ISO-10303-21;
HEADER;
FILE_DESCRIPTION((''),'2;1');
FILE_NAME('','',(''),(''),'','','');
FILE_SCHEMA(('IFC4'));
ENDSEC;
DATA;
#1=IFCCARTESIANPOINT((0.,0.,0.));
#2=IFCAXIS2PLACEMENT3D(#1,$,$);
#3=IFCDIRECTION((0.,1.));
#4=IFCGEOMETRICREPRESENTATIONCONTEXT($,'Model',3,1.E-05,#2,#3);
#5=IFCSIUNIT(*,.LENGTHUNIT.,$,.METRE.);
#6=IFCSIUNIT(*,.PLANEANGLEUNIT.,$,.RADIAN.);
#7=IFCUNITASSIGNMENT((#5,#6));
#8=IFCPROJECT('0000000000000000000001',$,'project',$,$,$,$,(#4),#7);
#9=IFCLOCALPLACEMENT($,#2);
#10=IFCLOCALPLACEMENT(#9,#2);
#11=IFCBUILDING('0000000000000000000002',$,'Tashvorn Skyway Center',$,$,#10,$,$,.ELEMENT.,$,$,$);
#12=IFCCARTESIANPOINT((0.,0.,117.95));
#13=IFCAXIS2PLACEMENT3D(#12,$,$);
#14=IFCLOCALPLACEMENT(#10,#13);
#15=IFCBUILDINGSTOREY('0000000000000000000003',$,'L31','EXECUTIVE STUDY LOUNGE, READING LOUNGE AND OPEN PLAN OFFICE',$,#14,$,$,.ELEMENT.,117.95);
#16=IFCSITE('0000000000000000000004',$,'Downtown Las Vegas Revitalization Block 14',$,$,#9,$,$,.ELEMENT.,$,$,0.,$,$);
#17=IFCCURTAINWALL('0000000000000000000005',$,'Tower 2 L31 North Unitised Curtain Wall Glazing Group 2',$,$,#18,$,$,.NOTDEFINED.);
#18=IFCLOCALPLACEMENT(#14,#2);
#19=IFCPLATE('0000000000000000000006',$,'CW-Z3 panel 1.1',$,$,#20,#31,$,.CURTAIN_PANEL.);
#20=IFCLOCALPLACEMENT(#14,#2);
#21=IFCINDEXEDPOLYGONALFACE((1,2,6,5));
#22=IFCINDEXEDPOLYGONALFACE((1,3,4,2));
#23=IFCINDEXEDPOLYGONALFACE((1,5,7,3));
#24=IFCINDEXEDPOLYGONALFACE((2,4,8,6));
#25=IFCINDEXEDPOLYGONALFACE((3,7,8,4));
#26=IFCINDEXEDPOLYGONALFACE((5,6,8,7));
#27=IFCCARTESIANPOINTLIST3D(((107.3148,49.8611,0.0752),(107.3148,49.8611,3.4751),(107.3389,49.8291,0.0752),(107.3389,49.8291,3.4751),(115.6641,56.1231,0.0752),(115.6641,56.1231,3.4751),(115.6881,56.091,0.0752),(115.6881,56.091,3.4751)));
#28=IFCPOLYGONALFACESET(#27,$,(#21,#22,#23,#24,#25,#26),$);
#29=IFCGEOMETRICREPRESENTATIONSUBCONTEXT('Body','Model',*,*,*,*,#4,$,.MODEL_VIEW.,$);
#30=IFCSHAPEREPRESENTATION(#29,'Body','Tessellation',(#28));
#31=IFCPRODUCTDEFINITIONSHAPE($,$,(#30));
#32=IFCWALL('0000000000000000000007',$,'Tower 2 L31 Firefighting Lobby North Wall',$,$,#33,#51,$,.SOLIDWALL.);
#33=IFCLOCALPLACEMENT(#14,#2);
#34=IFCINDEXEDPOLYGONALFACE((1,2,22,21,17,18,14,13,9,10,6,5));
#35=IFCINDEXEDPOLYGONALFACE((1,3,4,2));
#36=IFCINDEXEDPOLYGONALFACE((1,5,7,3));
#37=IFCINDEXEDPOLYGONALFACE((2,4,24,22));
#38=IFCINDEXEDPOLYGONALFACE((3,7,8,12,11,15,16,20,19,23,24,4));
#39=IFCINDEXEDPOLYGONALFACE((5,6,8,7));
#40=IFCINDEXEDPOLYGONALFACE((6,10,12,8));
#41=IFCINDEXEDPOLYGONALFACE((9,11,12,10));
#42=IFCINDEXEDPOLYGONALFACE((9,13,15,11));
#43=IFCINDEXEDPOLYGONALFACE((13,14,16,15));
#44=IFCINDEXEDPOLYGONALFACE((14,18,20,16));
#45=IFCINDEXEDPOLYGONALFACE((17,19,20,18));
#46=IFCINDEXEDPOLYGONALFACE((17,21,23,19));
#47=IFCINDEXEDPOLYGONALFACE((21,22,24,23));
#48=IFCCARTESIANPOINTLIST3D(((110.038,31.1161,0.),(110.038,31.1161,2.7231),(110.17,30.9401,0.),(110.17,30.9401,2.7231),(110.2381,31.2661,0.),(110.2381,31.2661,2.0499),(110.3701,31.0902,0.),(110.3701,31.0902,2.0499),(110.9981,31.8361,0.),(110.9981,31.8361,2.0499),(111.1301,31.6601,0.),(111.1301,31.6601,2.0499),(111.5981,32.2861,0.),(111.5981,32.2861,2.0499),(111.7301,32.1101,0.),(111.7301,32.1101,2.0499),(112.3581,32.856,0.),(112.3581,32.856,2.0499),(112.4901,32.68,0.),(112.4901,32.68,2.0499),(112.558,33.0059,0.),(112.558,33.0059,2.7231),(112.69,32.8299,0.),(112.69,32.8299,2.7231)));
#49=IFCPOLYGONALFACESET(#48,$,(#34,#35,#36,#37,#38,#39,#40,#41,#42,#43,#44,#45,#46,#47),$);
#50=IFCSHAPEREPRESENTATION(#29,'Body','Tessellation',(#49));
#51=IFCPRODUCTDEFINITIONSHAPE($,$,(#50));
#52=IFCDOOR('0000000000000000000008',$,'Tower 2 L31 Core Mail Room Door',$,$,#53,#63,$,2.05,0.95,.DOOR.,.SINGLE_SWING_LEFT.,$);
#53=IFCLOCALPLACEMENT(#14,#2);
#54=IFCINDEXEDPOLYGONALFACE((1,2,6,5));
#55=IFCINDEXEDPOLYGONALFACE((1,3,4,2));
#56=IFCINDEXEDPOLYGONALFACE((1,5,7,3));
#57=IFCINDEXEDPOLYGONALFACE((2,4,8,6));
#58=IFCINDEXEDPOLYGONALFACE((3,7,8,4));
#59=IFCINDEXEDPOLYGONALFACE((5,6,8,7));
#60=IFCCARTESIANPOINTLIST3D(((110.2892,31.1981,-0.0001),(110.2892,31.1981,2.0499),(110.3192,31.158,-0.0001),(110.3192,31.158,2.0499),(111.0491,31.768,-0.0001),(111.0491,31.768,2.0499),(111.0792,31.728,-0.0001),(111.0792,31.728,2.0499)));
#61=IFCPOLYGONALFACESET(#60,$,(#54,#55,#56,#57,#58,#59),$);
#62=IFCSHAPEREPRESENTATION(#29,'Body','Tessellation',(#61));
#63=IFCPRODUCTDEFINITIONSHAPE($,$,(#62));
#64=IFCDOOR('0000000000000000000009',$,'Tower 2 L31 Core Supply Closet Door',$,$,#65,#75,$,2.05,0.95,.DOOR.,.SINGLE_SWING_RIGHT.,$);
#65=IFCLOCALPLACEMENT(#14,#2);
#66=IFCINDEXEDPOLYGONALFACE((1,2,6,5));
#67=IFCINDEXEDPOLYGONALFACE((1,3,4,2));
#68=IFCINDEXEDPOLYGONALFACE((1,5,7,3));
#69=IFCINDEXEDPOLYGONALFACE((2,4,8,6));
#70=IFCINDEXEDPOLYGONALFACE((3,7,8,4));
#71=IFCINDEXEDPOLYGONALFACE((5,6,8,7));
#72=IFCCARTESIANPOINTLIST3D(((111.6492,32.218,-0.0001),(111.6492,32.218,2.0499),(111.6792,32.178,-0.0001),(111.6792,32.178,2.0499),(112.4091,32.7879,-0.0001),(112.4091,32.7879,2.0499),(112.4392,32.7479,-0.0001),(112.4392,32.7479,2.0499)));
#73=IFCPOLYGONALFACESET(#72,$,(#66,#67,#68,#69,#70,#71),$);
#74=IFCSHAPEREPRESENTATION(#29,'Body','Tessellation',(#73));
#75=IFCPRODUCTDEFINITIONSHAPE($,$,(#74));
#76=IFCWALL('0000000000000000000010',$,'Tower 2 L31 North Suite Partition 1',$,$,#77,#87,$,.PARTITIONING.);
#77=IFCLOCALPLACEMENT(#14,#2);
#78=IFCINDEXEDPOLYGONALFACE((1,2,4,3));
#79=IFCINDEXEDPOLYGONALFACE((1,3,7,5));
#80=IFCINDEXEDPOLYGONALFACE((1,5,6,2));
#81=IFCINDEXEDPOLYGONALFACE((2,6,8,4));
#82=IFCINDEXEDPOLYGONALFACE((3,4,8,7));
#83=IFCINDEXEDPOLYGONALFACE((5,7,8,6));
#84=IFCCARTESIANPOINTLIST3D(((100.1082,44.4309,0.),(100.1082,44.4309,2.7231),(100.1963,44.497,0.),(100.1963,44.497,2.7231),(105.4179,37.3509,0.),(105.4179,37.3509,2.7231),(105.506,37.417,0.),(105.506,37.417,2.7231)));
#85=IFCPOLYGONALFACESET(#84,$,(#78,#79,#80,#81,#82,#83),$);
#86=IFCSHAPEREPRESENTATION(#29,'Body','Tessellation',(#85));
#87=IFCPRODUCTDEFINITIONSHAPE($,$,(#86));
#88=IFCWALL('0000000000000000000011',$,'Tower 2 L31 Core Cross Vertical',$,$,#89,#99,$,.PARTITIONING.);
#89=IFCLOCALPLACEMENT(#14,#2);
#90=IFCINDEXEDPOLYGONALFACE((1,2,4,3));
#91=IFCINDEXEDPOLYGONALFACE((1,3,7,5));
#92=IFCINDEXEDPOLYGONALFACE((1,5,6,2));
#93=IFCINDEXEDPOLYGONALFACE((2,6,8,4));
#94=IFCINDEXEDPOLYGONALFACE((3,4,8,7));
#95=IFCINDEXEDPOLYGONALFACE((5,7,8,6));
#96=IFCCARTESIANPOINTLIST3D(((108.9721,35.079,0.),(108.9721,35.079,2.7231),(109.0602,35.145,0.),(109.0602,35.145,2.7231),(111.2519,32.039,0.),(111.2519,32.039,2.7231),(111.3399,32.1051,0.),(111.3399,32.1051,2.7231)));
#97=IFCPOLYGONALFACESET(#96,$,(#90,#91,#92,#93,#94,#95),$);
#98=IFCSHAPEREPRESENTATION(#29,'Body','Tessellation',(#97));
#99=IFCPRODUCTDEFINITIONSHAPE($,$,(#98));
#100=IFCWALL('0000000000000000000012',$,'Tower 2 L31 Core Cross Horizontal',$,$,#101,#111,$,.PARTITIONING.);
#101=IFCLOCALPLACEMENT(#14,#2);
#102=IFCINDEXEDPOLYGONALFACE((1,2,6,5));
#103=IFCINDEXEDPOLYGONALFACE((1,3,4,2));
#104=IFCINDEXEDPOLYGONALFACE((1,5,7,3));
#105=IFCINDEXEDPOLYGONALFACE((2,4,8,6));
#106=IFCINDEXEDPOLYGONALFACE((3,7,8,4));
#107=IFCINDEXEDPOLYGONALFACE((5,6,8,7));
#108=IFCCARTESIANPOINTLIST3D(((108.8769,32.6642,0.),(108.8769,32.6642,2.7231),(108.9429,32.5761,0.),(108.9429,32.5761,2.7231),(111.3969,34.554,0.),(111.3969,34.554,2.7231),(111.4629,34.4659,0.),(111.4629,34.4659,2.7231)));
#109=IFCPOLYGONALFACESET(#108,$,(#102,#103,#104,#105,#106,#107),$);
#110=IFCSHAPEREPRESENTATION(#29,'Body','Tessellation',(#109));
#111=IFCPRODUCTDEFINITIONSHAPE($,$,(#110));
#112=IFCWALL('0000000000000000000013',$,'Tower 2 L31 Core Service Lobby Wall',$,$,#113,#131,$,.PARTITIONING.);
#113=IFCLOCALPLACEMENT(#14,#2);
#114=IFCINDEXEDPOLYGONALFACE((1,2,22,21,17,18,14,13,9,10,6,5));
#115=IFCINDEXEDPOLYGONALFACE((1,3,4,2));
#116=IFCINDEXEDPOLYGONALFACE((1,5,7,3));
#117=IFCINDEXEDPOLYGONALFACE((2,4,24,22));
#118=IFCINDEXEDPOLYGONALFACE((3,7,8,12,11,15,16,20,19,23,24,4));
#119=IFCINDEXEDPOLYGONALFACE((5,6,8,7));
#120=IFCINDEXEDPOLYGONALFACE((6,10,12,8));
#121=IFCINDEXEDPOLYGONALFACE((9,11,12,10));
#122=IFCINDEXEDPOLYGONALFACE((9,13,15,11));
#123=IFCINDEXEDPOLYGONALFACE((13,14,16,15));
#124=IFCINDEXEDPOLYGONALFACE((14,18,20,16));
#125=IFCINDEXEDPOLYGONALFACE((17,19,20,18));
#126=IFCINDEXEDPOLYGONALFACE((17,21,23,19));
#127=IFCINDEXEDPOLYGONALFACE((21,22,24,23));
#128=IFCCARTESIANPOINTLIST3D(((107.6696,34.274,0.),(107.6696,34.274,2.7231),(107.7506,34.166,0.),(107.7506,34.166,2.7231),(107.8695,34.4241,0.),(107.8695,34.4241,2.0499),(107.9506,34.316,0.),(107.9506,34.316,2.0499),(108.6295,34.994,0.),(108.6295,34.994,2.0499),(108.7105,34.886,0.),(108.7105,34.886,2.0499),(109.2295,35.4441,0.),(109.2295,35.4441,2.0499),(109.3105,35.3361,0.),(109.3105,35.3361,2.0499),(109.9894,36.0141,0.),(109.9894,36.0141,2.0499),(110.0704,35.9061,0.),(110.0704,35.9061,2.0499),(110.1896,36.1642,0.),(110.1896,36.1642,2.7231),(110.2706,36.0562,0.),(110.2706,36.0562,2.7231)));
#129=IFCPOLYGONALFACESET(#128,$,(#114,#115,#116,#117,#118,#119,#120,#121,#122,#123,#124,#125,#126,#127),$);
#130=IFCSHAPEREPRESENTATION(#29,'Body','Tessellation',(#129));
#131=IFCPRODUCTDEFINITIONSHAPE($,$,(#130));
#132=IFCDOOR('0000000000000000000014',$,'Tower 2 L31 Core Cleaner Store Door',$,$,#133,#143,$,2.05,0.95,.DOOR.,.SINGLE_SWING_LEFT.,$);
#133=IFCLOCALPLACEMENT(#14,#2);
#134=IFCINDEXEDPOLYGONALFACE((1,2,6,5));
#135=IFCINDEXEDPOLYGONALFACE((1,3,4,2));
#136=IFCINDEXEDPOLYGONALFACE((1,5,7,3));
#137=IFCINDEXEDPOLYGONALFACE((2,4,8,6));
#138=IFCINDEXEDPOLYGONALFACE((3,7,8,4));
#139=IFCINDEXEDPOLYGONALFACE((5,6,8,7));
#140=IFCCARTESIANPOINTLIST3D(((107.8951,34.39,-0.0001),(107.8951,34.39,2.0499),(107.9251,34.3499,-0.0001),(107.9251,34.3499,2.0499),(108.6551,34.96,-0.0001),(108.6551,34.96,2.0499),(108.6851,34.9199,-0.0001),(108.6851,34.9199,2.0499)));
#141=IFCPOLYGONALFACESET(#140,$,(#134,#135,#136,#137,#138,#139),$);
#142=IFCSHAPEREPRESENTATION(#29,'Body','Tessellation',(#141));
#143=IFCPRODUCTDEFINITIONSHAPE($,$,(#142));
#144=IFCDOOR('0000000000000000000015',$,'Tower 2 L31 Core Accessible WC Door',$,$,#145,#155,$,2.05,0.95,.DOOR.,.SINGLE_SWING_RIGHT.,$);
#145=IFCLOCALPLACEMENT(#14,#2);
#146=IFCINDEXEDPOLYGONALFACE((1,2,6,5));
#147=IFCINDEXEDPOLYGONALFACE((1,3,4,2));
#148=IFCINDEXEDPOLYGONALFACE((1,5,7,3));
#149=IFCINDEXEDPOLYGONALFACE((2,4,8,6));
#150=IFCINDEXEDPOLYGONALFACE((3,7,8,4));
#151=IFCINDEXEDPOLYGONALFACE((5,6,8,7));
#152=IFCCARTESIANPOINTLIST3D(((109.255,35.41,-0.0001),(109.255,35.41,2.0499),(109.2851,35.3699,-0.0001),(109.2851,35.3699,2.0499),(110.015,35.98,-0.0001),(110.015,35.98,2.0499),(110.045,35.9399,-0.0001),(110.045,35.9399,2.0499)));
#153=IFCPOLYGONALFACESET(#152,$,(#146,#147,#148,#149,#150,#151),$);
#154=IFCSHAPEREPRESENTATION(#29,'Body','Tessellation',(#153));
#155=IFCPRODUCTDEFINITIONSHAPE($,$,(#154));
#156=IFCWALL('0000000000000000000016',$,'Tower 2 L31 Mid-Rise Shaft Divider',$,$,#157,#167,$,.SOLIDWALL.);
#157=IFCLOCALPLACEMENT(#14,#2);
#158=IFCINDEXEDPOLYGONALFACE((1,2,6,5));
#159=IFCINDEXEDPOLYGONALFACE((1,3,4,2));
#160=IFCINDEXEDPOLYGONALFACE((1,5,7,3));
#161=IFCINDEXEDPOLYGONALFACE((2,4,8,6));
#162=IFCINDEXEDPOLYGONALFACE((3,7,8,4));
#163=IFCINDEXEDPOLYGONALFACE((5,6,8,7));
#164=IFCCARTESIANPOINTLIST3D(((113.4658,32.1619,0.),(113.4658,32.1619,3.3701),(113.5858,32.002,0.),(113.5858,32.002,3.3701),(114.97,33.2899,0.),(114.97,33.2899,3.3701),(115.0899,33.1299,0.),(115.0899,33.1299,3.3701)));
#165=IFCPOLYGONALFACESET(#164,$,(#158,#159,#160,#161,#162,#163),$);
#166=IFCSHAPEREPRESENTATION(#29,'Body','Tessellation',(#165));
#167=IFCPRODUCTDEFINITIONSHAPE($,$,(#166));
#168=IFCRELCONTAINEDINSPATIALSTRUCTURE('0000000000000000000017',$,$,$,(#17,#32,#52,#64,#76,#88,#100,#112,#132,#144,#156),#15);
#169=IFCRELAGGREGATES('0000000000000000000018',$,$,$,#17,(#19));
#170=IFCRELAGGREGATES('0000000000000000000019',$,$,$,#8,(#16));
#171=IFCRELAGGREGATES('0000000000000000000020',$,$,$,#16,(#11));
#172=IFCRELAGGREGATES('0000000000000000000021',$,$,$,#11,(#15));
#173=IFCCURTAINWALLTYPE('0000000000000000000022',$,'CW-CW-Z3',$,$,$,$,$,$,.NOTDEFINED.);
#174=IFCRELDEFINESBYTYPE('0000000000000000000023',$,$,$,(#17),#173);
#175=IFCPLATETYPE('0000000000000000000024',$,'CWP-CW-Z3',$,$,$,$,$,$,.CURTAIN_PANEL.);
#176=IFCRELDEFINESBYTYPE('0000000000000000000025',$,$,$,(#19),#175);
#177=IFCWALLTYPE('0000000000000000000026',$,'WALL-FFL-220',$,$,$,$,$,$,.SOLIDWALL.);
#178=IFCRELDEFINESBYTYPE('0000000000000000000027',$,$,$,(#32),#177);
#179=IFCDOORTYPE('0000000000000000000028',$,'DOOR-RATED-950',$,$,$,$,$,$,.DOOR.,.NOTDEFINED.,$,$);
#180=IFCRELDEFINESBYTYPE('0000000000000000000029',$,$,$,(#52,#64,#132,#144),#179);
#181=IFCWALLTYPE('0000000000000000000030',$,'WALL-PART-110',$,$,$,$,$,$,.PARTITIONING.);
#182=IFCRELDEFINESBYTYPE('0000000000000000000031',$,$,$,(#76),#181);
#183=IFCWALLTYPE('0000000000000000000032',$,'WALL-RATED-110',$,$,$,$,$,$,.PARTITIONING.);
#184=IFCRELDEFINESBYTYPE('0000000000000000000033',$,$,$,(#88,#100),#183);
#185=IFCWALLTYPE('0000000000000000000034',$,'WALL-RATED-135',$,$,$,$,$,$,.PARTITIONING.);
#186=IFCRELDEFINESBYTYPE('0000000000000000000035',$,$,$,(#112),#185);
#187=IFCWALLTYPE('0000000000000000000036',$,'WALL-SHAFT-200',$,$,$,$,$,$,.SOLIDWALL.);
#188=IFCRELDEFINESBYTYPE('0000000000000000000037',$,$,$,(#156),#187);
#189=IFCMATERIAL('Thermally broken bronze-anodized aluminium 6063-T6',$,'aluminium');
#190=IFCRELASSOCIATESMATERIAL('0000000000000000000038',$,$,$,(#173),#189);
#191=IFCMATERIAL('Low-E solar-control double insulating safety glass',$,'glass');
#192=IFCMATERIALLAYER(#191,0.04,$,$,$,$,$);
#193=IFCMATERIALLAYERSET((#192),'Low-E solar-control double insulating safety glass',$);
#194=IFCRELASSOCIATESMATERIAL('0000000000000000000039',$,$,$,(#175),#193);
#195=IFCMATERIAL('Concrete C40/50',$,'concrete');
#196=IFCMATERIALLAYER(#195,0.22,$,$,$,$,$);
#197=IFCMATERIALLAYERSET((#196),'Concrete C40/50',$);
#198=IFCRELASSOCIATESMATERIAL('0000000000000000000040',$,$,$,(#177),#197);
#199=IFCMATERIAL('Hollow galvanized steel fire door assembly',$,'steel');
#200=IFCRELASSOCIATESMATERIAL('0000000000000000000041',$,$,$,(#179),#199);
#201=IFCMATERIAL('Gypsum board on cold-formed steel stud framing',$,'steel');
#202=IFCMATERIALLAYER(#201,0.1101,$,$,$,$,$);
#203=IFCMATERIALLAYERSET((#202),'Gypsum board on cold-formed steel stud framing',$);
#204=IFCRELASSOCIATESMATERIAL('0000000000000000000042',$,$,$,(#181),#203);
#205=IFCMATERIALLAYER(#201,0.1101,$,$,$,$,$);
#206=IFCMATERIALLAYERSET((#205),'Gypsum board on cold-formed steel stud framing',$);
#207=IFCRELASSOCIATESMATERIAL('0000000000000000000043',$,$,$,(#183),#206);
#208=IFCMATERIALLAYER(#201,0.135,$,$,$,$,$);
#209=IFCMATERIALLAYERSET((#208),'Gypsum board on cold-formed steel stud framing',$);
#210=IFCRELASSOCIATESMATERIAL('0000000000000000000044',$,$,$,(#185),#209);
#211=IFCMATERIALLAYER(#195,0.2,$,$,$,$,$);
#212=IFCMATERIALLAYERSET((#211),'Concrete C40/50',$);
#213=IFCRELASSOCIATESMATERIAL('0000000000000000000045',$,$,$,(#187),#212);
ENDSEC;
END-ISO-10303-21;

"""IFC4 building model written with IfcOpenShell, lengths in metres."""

from ifc_helpers import new_model, si_unit, direction, frame, frame_2d, origin, origin_2d, place, context, subcontext, project, spatial, rectangle, extrude, material, layer, layer_set, type_object, element, fill, aggregate, save


model = new_model("IFC4")

# Units and contexts
model_context = context("Model", 3, precision=1e-05, world=origin(), true_north=direction((0.0, 1.0)))
body_context = subcontext(model_context, "Body", "Model", "MODEL_VIEW")
ifc_project = project(units=[si_unit("LENGTHUNIT", "METRE"), si_unit("PLANEANGLEUNIT", "RADIAN")], contexts=[model_context])

# Site, building, storey
site_placement = place(None, origin())
site = spatial("IfcSite", under=ifc_project, at=site_placement, Name="Downtown Las Vegas Revitalization Block 14", CompositionType="ELEMENT", RefElevation=0.0)
building_placement = place(site_placement, origin())
building = spatial("IfcBuilding", under=site, at=building_placement, Name="Tashvorn Skyway Center", CompositionType="ELEMENT")
storey_placement = place(building_placement, frame((0.0, 0.0, 117.95)))
storey = spatial("IfcBuildingStorey", under=building, at=storey_placement, Name="L31", Description="EXECUTIVE STUDY LOUNGE, READING LOUNGE AND OPEN PLAN OFFICE", CompositionType="ELEMENT", Elevation=117.95)

# Curtain wall, plate
ifc_material_1 = material(Name="Thermally broken bronze-anodized aluminium 6063-T6", Category="aluminium")
curtain_wall_type = type_object("IfcCurtainWallType", Name="CW-CW-Z3", PredefinedType="NOTDEFINED", material=ifc_material_1)
curtain_wall_placement = place(storey_placement, origin())
curtain_wall = element("IfcCurtainWall", 1, at=curtain_wall_placement, inside=storey, type_object=curtain_wall_type, Name="Tower 2 L31 North Unitised Curtain Wall Glazing Group 2", PredefinedType="NOTDEFINED")
ifc_material_2 = material(Name="Low-E solar-control double insulating safety glass", Category="glass")
ifc_layer_1 = layer(ifc_material_2, 0.04)
ifc_layer_set_1 = layer_set([ifc_layer_1], Name="Low-E solar-control double insulating safety glass")
plate_type = type_object("IfcPlateType", Name="CWP-CW-Z3", PredefinedType="CURTAIN_PANEL", material=ifc_layer_set_1)
plate_placement = place(storey_placement, frame((111.5015, 52.9761, 0.0752), z_axis=(0.0, 0.0, 1.0), x_axis=(0.799999, 0.600002, 0.0)))
plate = element("IfcPlate", 2, at=plate_placement, type_object=plate_type, Name="CW-Z3 panel 1.1", PredefinedType="CURTAIN_PANEL", context=body_context, shape_type="SweptSolid", body=[
    extrude(rectangle(XDim=10.4365, YDim=0.04, at=origin_2d()), origin(), (0.0, 0.0, 1.0), 3.3999),
])
aggregate(curtain_wall, [plate])

# Wall, openings, doors
ifc_material_3 = material(Name="Concrete C40/50", Category="concrete")
ifc_layer_2 = layer(ifc_material_3, 0.22)
ifc_layer_set_2 = layer_set([ifc_layer_2], Name="Concrete C40/50")
wall_type_1 = type_object("IfcWallType", Name="WALL-FFL-220", PredefinedType="SOLIDWALL", material=ifc_layer_set_2)
wall_1_placement = place(storey_placement, frame((110.104, 31.0281, 0.0), z_axis=(0.0, 0.0, 1.0), x_axis=(0.800019, 0.599975, 0.0)))
wall_1 = element("IfcWall", 3, at=wall_1_placement, inside=storey, type_object=wall_type_1, Name="Tower 2 L31 Firefighting Lobby North Wall", PredefinedType="SOLIDWALL", context=body_context, shape_type="SweptSolid", body=[
    extrude(rectangle(XDim=3.1499, YDim=0.22, at=frame_2d((1.575, 0.0))), origin(), (0.0, 0.0, 1.0), 2.7231),
])
opening_1_placement = place(wall_1_placement, frame((0.25, 0.0, 0.0)))
opening_1 = element("IfcOpeningElement", 4, at=opening_1_placement, cuts=wall_1, PredefinedType="OPENING", context=body_context, shape_type="SweptSolid", body=[
    extrude(rectangle(XDim=0.95, YDim=2.05, at=frame_2d((0.4751, 1.0249))), frame((0.0, 0.1199, 0.0), z_axis=(0.0, -1.0, 0.0), x_axis=(1.0, 0.0, 0.0)), (0.0, 0.0, 1.0), 0.24),
])
opening_2_placement = place(wall_1_placement, frame((1.95, 0.0, 0.0)))
opening_2 = element("IfcOpeningElement", 5, at=opening_2_placement, cuts=wall_1, PredefinedType="OPENING", context=body_context, shape_type="SweptSolid", body=[
    extrude(rectangle(XDim=0.95, YDim=2.05, at=frame_2d((0.4751, 1.0249))), frame((0.0, 0.1199, 0.0), z_axis=(0.0, -1.0, 0.0), x_axis=(1.0, 0.0, 0.0)), (0.0, 0.0, 1.0), 0.24),
])
ifc_material_4 = material(Name="Hollow galvanized steel fire door assembly", Category="steel")
door_type = type_object("IfcDoorType", Name="DOOR-RATED-950", OperationType="NOTDEFINED", PredefinedType="DOOR", material=ifc_material_4)
door_1_placement = place(opening_1_placement, origin())
door_1 = element("IfcDoor", 6, at=door_1_placement, inside=storey, type_object=door_type, Name="Tower 2 L31 Core Mail Room Door", OperationType="SINGLE_SWING_LEFT", OverallHeight=2.05, OverallWidth=0.95, PredefinedType="DOOR", context=body_context, shape_type="SweptSolid", body=[
    extrude(rectangle(XDim=0.95, YDim=2.05, at=frame_2d((0.4751, 1.0249))), frame((0.0, 0.0249, 0.0), z_axis=(0.0, -1.0, 0.0), x_axis=(1.0, 0.0, 0.0)), (0.0, 0.0, 1.0), 0.05),
])
fill(opening_1, door_1)
door_2_placement = place(opening_2_placement, origin())
door_2 = element("IfcDoor", 7, at=door_2_placement, inside=storey, type_object=door_type, Name="Tower 2 L31 Core Supply Closet Door", OperationType="SINGLE_SWING_RIGHT", OverallHeight=2.05, OverallWidth=0.95, PredefinedType="DOOR", context=body_context, shape_type="SweptSolid", body=[
    extrude(rectangle(XDim=0.95, YDim=2.05, at=frame_2d((0.4751, 1.0249))), frame((0.0, 0.0249, 0.0), z_axis=(0.0, -1.0, 0.0), x_axis=(1.0, 0.0, 0.0)), (0.0, 0.0, 1.0), 0.05),
])
fill(opening_2, door_2)

# Walls
ifc_material_5 = material(Name="Gypsum board on cold-formed steel stud framing", Category="steel")
ifc_layer_3 = layer(ifc_material_5, 0.1101)
ifc_layer_set_3 = layer_set([ifc_layer_3], Name="Gypsum board on cold-formed steel stud framing")
wall_type_2 = type_object("IfcWallType", Name="WALL-PART-110", PredefinedType="PARTITIONING", material=ifc_layer_set_3)
wall_2_placement = place(storey_placement, frame((105.4619, 37.384, 0.0), z_axis=(0.0, 0.0, 1.0), x_axis=(-0.599982, 0.800013, 0.0)))
element("IfcWall", 8, at=wall_2_placement, inside=storey, type_object=wall_type_2, Name="Tower 2 L31 North Suite Partition 1", PredefinedType="PARTITIONING", context=body_context, shape_type="SweptSolid", body=[
    extrude(rectangle(XDim=8.8499, YDim=0.1101, at=frame_2d((4.4248, 0.0))), origin(), (0.0, 0.0, 1.0), 2.7231),
])
ifc_layer_4 = layer(ifc_material_5, 0.1101)
ifc_layer_set_4 = layer_set([ifc_layer_4], Name="Gypsum board on cold-formed steel stud framing")
wall_type_3 = type_object("IfcWallType", Name="WALL-RATED-110", PredefinedType="PARTITIONING", material=ifc_layer_set_4)
wall_3_placement = place(storey_placement, frame((111.2959, 32.072, 0.0), z_axis=(0.0, 0.0, 1.0), x_axis=(-0.599959, 0.800031, 0.0)))
element("IfcWall", 9, at=wall_3_placement, inside=storey, type_object=wall_type_3, Name="Tower 2 L31 Core Cross Vertical", PredefinedType="PARTITIONING", context=body_context, shape_type="SweptSolid", body=[
    extrude(rectangle(XDim=3.7998, YDim=0.1101, at=frame_2d((1.8999, 0.0))), origin(), (0.0, 0.0, 1.0), 2.7231),
])
wall_4_placement = place(storey_placement, frame((108.9099, 32.6201, 0.0), z_axis=(0.0, 0.0, 1.0), x_axis=(0.800019, 0.599975, 0.0)))
element("IfcWall", 10, at=wall_4_placement, inside=storey, type_object=wall_type_3, Name="Tower 2 L31 Core Cross Horizontal", PredefinedType="PARTITIONING", context=body_context, shape_type="SweptSolid", body=[
    extrude(rectangle(XDim=3.1499, YDim=0.1101, at=frame_2d((1.575, 0.0))), origin(), (0.0, 0.0, 1.0), 2.7231),
])

# Wall, openings, doors
ifc_layer_5 = layer(ifc_material_5, 0.135)
ifc_layer_set_5 = layer_set([ifc_layer_5], Name="Gypsum board on cold-formed steel stud framing")
wall_type_4 = type_object("IfcWallType", Name="WALL-RATED-135", PredefinedType="PARTITIONING", material=ifc_layer_set_5)
wall_5_placement = place(storey_placement, frame((107.71, 34.22, 0.0), z_axis=(0.0, 0.0, 1.0), x_axis=(0.799981, 0.600025, 0.0)))
wall_5 = element("IfcWall", 11, at=wall_5_placement, inside=storey, type_object=wall_type_4, Name="Tower 2 L31 Core Service Lobby Wall", PredefinedType="PARTITIONING", context=body_context, shape_type="SweptSolid", body=[
    extrude(rectangle(XDim=3.1501, YDim=0.135, at=frame_2d((1.5752, 0.0))), origin(), (0.0, 0.0, 1.0), 2.7231),
])
opening_3_placement = place(wall_5_placement, frame((0.25, 0.0, 0.0)))
opening_3 = element("IfcOpeningElement", 12, at=opening_3_placement, cuts=wall_5, PredefinedType="OPENING", context=body_context, shape_type="SweptSolid", body=[
    extrude(rectangle(XDim=0.95, YDim=2.05, at=frame_2d((0.4751, 1.0249))), frame((0.0, 0.0774, 0.0), z_axis=(0.0, -1.0, 0.0), x_axis=(1.0, 0.0, 0.0)), (0.0, 0.0, 1.0), 0.155),
])
opening_4_placement = place(wall_5_placement, frame((1.95, 0.0, 0.0)))
opening_4 = element("IfcOpeningElement", 13, at=opening_4_placement, cuts=wall_5, PredefinedType="OPENING", context=body_context, shape_type="SweptSolid", body=[
    extrude(rectangle(XDim=0.95, YDim=2.05, at=frame_2d((0.4751, 1.0249))), frame((0.0, 0.0774, 0.0), z_axis=(0.0, -1.0, 0.0), x_axis=(1.0, 0.0, 0.0)), (0.0, 0.0, 1.0), 0.155),
])
door_3_placement = place(opening_3_placement, origin())
door_3 = element("IfcDoor", 14, at=door_3_placement, inside=storey, type_object=door_type, Name="Tower 2 L31 Core Cleaner Store Door", OperationType="SINGLE_SWING_LEFT", OverallHeight=2.05, OverallWidth=0.95, PredefinedType="DOOR", context=body_context, shape_type="SweptSolid", body=[
    extrude(rectangle(XDim=0.95, YDim=2.05, at=frame_2d((0.4751, 1.0249))), frame((0.0, 0.0249, 0.0), z_axis=(0.0, -1.0, 0.0), x_axis=(1.0, 0.0, 0.0)), (0.0, 0.0, 1.0), 0.05),
])
fill(opening_3, door_3)
door_4_placement = place(opening_4_placement, origin())
door_4 = element("IfcDoor", 15, at=door_4_placement, inside=storey, type_object=door_type, Name="Tower 2 L31 Core Accessible WC Door", OperationType="SINGLE_SWING_RIGHT", OverallHeight=2.05, OverallWidth=0.95, PredefinedType="DOOR", context=body_context, shape_type="SweptSolid", body=[
    extrude(rectangle(XDim=0.95, YDim=2.05, at=frame_2d((0.4751, 1.0249))), frame((0.0, 0.0249, 0.0), z_axis=(0.0, -1.0, 0.0), x_axis=(1.0, 0.0, 0.0)), (0.0, 0.0, 1.0), 0.05),
])
fill(opening_4, door_4)

# Wall
ifc_layer_6 = layer(ifc_material_3, 0.2)
ifc_layer_set_6 = layer_set([ifc_layer_6], Name="Concrete C40/50")
wall_type_5 = type_object("IfcWallType", Name="WALL-SHAFT-200", PredefinedType="SOLIDWALL", material=ifc_layer_set_6)
wall_6_placement = place(storey_placement, frame((113.5259, 32.082, 0.0), z_axis=(0.0, 0.0, 1.0), x_axis=(0.800047, 0.599938, 0.0)))
element("IfcWall", 16, at=wall_6_placement, inside=storey, type_object=wall_type_5, Name="Tower 2 L31 Mid-Rise Shaft Divider", PredefinedType="SOLIDWALL", context=body_context, shape_type="SweptSolid", body=[
    extrude(rectangle(XDim=1.8801, YDim=0.2, at=frame_2d((0.9399, 0.0))), origin(), (0.0, 0.0, 1.0), 3.3701),
])

save(model, "model.ifc")
